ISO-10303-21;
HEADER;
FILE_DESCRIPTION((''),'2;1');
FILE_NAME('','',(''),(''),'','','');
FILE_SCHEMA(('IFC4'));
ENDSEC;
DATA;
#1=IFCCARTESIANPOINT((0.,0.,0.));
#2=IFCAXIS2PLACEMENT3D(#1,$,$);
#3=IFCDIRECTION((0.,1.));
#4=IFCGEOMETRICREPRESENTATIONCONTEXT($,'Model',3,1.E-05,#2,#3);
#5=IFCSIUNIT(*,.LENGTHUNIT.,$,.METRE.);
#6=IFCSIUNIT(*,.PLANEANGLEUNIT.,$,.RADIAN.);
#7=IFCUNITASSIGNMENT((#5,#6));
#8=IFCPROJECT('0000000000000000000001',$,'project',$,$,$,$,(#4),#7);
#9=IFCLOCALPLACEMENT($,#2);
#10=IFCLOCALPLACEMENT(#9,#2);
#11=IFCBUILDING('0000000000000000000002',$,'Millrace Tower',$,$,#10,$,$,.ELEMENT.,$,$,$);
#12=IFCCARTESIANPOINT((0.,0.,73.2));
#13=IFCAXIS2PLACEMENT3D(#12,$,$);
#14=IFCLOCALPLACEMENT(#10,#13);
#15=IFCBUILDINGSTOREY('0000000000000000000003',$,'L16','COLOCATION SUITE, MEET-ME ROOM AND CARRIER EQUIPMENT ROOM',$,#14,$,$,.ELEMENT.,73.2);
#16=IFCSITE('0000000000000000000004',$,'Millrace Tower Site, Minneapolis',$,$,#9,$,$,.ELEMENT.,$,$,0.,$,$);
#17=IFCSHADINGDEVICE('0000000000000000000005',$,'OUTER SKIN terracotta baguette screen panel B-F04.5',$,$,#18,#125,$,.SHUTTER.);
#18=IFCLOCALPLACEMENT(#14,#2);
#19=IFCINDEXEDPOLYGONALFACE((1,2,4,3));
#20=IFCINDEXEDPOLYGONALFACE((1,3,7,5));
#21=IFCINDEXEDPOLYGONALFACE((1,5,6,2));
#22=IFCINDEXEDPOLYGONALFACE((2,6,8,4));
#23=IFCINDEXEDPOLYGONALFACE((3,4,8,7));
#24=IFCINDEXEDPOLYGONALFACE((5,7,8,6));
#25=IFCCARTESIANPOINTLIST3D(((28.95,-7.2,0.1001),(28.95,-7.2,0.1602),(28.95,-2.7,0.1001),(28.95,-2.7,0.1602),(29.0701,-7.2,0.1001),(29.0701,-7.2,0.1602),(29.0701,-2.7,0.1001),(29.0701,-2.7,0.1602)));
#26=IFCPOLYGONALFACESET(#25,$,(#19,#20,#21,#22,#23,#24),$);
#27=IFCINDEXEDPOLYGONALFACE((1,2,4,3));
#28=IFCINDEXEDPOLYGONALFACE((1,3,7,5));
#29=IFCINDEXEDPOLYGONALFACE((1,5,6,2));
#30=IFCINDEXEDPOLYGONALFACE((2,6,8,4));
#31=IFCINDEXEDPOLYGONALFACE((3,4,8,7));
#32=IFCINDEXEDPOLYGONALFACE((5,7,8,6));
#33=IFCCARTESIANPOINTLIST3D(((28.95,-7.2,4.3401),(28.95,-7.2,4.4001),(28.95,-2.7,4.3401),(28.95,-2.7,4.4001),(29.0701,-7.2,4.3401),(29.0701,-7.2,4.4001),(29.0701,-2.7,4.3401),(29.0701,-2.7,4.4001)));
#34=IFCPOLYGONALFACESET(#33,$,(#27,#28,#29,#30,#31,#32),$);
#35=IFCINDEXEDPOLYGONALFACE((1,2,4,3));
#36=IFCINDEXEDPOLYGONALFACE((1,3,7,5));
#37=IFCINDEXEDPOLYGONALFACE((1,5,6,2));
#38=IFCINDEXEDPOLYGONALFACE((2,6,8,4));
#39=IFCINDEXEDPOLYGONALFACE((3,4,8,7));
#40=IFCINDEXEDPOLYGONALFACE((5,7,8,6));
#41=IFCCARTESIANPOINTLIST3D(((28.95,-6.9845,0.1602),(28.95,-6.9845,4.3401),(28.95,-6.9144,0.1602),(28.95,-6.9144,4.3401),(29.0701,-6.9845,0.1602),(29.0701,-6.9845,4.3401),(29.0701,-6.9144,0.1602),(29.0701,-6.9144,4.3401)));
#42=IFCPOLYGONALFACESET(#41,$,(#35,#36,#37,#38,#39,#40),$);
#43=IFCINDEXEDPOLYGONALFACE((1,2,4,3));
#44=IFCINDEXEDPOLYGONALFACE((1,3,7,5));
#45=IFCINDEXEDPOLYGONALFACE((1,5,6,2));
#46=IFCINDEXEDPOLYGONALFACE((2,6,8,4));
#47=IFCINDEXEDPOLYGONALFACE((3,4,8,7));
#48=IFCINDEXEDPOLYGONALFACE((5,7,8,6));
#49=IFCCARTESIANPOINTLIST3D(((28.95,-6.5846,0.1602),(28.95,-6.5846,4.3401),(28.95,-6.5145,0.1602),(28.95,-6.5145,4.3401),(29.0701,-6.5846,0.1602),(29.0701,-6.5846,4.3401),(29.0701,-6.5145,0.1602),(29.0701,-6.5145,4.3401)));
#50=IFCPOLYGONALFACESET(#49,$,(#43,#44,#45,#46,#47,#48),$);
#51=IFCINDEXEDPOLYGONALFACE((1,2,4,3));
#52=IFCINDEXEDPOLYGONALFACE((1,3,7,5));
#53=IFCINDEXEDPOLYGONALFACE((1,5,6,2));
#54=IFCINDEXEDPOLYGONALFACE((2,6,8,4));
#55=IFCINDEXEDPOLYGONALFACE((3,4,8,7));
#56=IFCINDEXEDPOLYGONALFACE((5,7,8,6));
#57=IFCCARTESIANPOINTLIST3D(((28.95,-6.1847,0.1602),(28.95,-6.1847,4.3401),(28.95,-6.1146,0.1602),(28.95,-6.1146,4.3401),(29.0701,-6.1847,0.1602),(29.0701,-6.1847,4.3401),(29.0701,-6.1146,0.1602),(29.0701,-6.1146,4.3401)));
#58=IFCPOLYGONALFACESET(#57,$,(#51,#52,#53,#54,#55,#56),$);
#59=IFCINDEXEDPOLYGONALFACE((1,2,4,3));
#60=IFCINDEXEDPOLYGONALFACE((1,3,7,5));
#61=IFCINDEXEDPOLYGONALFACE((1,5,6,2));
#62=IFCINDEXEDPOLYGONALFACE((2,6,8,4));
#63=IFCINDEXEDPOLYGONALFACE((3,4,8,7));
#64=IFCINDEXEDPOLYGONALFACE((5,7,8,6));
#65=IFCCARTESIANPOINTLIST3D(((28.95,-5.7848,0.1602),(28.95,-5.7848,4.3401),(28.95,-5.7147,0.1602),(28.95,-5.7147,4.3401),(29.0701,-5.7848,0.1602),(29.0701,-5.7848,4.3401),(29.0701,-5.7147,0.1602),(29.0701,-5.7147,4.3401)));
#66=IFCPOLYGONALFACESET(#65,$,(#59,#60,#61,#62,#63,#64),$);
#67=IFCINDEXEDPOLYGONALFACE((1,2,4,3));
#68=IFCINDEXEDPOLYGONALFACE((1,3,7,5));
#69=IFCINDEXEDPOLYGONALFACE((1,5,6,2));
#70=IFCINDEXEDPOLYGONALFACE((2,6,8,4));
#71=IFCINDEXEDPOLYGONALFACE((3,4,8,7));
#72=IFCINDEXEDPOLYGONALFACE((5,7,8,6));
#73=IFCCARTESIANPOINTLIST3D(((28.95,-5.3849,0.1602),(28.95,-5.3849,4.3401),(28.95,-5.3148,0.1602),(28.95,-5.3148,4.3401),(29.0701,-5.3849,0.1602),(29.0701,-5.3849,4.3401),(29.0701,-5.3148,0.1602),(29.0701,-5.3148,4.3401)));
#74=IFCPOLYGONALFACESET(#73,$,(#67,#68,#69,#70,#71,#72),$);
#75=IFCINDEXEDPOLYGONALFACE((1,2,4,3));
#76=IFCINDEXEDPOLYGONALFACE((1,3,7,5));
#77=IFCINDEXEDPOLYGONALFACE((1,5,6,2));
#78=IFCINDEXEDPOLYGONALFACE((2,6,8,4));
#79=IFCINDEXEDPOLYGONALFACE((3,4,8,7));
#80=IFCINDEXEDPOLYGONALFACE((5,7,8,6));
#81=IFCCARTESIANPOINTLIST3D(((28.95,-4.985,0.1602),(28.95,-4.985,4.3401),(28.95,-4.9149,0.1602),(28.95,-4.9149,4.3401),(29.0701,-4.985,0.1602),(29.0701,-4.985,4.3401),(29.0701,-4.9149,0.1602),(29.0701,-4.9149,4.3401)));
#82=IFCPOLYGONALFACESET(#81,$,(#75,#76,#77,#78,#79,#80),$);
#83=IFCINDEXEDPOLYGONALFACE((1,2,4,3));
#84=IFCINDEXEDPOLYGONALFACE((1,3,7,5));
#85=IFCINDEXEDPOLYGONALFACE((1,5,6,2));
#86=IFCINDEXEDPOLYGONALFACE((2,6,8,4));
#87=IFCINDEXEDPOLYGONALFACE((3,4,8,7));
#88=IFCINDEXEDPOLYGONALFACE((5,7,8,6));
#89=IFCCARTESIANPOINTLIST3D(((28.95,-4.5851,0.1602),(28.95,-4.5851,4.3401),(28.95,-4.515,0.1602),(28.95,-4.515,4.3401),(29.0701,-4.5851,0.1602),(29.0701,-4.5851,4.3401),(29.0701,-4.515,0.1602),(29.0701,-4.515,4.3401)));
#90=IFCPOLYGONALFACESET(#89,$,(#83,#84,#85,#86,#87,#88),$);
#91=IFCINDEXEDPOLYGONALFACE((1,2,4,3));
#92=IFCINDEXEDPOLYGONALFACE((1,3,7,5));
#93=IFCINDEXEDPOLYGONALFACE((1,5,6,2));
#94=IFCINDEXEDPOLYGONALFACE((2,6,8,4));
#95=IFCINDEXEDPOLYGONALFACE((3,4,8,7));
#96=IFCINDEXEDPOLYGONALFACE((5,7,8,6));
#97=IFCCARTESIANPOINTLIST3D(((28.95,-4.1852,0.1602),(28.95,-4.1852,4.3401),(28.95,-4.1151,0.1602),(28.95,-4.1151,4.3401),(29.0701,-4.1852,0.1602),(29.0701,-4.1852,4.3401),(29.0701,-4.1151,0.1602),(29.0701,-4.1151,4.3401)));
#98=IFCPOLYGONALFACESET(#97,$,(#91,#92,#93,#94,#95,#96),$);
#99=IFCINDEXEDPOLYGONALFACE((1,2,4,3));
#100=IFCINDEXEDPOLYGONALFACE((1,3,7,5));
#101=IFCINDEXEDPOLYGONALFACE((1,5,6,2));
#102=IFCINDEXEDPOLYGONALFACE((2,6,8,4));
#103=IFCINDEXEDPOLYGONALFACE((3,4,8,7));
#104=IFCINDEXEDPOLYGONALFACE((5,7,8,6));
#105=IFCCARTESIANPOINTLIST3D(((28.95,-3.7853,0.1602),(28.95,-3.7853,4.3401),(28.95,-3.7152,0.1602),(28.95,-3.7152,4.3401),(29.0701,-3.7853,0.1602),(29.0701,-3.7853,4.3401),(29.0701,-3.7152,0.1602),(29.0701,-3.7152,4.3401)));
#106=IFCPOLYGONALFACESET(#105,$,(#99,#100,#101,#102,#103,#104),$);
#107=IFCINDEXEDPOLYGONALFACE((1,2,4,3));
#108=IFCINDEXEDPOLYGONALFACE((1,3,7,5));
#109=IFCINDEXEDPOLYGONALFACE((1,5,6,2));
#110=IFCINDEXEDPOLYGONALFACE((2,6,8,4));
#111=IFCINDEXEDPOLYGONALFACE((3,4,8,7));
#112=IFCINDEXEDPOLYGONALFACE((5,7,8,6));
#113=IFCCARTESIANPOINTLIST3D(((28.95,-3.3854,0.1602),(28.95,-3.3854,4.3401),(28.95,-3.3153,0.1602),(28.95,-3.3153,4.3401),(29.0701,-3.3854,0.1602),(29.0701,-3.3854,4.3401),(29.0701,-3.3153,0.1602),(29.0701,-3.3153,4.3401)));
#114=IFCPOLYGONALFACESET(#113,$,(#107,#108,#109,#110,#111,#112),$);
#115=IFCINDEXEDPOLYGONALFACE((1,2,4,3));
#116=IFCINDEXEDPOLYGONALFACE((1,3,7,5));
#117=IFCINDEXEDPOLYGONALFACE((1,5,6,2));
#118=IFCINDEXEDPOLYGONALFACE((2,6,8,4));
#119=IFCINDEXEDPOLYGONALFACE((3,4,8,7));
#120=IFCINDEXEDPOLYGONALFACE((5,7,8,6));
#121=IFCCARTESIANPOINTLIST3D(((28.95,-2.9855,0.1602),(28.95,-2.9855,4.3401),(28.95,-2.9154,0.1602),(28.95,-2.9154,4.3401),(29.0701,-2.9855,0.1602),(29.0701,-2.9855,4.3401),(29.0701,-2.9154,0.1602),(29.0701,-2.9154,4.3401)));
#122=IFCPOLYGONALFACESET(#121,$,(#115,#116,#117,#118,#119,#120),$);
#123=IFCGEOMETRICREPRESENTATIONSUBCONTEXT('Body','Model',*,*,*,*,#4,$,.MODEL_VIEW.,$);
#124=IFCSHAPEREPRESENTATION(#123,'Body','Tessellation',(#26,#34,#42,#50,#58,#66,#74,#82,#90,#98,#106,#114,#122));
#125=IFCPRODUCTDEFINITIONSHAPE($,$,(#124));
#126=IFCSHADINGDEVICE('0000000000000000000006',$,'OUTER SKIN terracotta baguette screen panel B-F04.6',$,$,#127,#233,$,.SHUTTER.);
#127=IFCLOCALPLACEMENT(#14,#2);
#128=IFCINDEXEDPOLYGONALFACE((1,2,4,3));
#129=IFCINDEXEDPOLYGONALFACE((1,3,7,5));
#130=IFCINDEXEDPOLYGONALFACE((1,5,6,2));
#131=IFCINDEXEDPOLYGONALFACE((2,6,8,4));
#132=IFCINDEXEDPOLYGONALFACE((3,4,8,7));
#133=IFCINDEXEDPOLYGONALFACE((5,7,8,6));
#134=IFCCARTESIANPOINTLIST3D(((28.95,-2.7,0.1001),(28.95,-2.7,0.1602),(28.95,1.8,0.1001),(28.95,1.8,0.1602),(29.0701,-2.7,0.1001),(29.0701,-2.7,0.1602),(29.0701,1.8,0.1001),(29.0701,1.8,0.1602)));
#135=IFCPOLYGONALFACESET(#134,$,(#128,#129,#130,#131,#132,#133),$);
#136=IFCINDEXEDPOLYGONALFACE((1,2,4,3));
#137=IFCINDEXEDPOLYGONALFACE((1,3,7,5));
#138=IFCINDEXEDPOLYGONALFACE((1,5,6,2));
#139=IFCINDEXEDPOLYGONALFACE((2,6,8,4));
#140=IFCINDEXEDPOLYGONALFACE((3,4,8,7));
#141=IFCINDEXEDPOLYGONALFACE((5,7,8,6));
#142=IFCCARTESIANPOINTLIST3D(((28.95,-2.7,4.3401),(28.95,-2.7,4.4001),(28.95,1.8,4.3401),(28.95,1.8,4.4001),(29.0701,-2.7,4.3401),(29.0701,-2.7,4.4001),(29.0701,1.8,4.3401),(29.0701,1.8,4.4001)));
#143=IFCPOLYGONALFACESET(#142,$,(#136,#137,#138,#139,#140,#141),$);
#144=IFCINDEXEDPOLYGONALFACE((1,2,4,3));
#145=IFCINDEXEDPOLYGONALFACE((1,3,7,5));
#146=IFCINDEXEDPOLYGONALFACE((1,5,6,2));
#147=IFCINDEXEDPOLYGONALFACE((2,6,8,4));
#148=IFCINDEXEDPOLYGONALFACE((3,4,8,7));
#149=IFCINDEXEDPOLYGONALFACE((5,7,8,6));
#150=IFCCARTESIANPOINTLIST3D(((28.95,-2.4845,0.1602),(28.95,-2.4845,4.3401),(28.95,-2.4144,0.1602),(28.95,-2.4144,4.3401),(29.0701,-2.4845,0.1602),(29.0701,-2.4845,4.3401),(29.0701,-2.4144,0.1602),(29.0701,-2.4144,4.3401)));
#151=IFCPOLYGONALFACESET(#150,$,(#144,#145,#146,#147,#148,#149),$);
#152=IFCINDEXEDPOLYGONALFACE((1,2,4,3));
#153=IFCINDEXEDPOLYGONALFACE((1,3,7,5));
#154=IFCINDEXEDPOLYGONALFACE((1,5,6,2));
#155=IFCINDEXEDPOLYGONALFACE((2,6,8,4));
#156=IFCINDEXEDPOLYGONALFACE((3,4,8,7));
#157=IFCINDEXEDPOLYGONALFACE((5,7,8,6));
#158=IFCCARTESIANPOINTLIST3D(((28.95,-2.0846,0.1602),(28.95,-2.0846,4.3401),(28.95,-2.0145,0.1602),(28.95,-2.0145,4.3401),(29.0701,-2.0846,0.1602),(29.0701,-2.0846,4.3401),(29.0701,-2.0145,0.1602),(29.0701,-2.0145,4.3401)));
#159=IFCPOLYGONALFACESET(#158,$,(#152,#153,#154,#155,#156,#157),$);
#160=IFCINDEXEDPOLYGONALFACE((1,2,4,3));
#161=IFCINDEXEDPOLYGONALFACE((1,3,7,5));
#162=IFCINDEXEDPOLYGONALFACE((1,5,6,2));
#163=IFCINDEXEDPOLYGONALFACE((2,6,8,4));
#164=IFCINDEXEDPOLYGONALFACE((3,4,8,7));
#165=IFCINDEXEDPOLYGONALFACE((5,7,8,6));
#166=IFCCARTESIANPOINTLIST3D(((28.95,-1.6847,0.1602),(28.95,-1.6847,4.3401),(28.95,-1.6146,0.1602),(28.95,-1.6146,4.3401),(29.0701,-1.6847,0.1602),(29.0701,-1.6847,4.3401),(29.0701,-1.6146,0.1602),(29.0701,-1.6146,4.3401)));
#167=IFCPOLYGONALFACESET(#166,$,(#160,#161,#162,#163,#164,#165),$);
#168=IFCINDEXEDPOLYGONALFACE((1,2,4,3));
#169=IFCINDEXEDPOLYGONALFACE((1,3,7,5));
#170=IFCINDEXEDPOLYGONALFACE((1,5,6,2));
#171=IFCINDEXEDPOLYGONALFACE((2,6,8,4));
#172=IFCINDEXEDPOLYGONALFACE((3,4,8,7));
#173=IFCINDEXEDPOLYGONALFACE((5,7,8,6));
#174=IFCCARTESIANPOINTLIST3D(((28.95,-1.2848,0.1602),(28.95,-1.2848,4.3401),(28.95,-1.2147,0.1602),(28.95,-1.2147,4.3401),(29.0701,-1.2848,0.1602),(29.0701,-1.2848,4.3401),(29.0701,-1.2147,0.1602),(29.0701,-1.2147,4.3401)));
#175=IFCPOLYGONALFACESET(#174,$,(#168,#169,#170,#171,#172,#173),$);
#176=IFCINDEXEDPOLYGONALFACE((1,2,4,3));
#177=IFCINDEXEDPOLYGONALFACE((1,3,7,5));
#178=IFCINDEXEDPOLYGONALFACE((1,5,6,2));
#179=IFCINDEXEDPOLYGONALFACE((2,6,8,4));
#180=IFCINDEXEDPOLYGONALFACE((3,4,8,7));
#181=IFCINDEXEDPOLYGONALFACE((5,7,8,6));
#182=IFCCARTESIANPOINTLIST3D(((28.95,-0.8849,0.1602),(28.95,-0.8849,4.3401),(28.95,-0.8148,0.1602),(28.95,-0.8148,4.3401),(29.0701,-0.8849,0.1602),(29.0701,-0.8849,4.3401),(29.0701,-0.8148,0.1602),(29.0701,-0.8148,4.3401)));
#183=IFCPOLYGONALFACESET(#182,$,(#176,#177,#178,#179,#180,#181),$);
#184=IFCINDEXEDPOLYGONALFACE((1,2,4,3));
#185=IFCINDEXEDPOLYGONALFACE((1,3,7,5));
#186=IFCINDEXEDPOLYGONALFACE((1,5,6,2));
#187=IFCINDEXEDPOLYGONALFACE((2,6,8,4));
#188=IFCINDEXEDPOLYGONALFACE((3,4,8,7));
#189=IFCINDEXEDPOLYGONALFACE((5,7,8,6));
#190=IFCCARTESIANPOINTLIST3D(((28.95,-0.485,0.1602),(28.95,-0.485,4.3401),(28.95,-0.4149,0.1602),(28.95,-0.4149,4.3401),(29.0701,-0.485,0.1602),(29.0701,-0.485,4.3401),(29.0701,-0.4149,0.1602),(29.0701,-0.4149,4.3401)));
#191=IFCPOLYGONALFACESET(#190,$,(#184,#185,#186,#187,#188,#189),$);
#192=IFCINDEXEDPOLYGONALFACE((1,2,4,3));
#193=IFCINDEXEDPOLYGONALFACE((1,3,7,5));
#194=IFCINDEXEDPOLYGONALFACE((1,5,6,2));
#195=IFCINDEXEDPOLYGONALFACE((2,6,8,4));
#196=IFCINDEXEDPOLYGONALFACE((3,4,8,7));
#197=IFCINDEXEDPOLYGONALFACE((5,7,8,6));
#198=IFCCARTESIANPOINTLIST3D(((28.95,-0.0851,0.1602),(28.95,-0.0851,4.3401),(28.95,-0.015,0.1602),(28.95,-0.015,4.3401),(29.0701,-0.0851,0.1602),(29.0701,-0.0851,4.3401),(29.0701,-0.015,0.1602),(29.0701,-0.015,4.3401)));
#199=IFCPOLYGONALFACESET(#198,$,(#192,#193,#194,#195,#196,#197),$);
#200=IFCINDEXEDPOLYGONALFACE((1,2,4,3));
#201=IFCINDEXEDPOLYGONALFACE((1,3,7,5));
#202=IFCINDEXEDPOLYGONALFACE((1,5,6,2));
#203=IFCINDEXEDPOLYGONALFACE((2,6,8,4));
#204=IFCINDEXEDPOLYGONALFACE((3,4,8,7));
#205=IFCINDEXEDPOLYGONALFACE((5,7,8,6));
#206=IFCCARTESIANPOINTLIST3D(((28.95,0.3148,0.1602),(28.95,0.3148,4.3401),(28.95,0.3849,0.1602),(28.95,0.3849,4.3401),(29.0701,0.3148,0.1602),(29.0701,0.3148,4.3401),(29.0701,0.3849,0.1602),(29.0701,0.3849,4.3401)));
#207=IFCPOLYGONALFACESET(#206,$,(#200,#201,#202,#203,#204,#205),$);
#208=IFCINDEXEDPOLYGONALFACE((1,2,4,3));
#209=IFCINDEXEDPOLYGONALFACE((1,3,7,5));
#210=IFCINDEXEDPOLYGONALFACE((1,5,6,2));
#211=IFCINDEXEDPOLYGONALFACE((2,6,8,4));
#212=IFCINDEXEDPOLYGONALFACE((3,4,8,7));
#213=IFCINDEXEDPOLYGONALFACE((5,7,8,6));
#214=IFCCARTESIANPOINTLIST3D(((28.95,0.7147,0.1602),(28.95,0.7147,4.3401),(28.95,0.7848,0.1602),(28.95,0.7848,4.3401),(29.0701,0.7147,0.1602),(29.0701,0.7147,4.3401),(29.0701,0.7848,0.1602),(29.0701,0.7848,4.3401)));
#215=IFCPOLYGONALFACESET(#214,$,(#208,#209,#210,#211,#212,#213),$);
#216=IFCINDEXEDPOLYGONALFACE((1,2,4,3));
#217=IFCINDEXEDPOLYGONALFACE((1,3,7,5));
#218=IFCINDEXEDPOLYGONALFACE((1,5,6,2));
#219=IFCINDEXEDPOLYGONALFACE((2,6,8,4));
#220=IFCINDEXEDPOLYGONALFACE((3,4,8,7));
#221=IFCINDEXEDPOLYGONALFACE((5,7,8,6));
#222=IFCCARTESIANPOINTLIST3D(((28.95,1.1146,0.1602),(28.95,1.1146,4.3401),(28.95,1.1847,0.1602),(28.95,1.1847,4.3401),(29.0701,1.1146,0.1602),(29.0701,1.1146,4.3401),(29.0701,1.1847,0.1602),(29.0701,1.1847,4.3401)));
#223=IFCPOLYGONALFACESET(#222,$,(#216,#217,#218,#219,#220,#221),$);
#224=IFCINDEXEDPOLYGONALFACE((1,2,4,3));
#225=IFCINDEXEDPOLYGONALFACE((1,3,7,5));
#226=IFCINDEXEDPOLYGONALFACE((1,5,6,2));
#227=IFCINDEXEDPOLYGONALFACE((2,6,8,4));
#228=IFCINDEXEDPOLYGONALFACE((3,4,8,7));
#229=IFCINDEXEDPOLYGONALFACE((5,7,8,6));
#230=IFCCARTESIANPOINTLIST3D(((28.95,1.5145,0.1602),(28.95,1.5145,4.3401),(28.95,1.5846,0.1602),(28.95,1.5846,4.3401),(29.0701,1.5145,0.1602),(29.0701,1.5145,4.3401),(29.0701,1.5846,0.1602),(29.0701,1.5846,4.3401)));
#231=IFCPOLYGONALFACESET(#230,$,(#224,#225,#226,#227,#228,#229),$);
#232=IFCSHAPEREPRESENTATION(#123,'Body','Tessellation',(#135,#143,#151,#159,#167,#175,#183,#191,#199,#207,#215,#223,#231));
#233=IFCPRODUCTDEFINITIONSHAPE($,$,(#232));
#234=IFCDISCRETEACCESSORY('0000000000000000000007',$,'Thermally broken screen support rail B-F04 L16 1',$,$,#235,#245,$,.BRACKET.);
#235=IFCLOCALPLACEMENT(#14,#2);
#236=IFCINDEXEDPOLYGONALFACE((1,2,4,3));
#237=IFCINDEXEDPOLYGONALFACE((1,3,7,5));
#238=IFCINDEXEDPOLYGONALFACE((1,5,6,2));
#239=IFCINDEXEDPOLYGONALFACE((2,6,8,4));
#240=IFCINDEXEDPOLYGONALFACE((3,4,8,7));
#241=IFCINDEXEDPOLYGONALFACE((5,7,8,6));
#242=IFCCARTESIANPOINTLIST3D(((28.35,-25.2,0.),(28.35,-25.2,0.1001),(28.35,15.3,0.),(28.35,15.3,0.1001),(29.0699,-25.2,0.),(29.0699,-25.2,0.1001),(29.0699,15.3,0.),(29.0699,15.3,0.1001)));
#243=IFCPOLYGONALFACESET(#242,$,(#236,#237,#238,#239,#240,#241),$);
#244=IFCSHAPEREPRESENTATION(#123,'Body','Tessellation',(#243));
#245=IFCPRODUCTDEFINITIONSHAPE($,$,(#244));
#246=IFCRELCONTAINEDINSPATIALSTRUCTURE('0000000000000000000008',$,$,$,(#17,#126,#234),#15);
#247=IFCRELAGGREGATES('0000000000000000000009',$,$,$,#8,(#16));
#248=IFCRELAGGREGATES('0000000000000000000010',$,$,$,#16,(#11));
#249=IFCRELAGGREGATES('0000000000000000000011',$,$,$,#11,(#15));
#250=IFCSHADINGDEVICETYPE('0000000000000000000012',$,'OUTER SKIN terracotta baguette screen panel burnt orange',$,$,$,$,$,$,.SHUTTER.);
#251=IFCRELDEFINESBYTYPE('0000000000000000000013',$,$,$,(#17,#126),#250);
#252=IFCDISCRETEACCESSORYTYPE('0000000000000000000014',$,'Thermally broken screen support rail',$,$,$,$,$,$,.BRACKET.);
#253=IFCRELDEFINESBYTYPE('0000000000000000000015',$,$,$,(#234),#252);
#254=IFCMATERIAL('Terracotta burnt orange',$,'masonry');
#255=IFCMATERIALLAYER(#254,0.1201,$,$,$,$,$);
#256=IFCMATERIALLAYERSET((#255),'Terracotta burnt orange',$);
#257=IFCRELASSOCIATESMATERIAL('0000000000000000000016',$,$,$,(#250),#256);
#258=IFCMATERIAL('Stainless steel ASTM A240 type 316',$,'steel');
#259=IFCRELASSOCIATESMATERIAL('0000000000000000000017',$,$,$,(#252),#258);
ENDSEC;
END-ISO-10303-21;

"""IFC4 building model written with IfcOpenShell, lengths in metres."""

from ifc_helpers import new_model, entity, si_unit, direction, frame, frame_2d, origin, origin_2d, place, context, subcontext, project, spatial, rectangle, extrude, source, transform, mapped, material, layer, layer_set, type_object, element, save


model = new_model("IFC4")

# Units and contexts
model_context = context("Model", 3, precision=1e-05, world=origin(), true_north=direction((0.0, 1.0)))
body_context = subcontext(model_context, "Body", "Model", "MODEL_VIEW")
ifc_project = project(units=[si_unit("LENGTHUNIT", "METRE"), si_unit("PLANEANGLEUNIT", "RADIAN")], contexts=[model_context])

# Site, building, storey
site_placement = place(None, origin())
site = spatial("IfcSite", under=ifc_project, at=site_placement, Name="Millrace Tower Site, Minneapolis", CompositionType="ELEMENT", RefElevation=0.0)
building_placement = place(site_placement, origin())
building = spatial("IfcBuilding", under=site, at=building_placement, Name="Millrace Tower", CompositionType="ELEMENT")
storey_placement = place(building_placement, frame((0.0, 0.0, 73.2)))
storey = spatial("IfcBuildingStorey", under=building, at=storey_placement, Name="L16", Description="COLOCATION SUITE, MEET-ME ROOM AND CARRIER EQUIPMENT ROOM", CompositionType="ELEMENT", Elevation=73.2)

# Shading devices
ifc_material_1 = material(Name="Terracotta burnt orange", Category="masonry")
ifc_layer_1 = layer(ifc_material_1, 0.1201)
ifc_layer_set_1 = layer_set([ifc_layer_1], Name="Terracotta burnt orange")
shading_device_type = type_object("IfcShadingDeviceType", Name="OUTER SKIN terracotta baguette screen panel burnt orange", PredefinedType="SHUTTER", material=ifc_layer_set_1)
cartesian_point = entity("IfcCartesianPoint", [-2.25, 0.0601])
shared_polyline = entity("IfcPolyline", [cartesian_point, entity("IfcCartesianPoint", [2.25, 0.0601]), entity("IfcCartesianPoint", [2.25, -0.0601]), entity("IfcCartesianPoint", [-2.25, -0.0601]), cartesian_point])
shared_shape = source(origin(), body_context, "Body", "SweptSolid", [
    entity("IfcExtrudedAreaSolid", entity("IfcArbitraryClosedProfileDef", "AREA", None, shared_polyline), entity("IfcAxis2Placement3D", entity("IfcCartesianPoint", [0.0, 0.0, 0.0])), entity("IfcDirection", [0.0, 0.0, 1.0]), 0.0601),
    entity("IfcExtrudedAreaSolid", entity("IfcArbitraryClosedProfileDef", "AREA", None, shared_polyline), entity("IfcAxis2Placement3D", entity("IfcCartesianPoint", [0.0, 0.0, 4.24])), entity("IfcDirection", [0.0, 0.0, 1.0]), 0.0601),
    extrude(rectangle(XDim=0.0701, YDim=0.1201, at=frame_2d((-1.9995, 0.0))), frame((0.0, 0.0, 0.0601)), (0.0, 0.0, 1.0), 4.1799),
    extrude(rectangle(XDim=0.0701, YDim=0.1201, at=frame_2d((-1.5996, 0.0))), frame((0.0, 0.0, 0.0601)), (0.0, 0.0, 1.0), 4.1799),
    extrude(rectangle(XDim=0.0701, YDim=0.1201, at=frame_2d((-1.1997, 0.0))), frame((0.0, 0.0, 0.0601)), (0.0, 0.0, 1.0), 4.1799),
    extrude(rectangle(XDim=0.0701, YDim=0.1201, at=frame_2d((-0.7998, 0.0))), frame((0.0, 0.0, 0.0601)), (0.0, 0.0, 1.0), 4.1799),
    extrude(rectangle(XDim=0.0701, YDim=0.1201, at=frame_2d((-0.3999, 0.0))), frame((0.0, 0.0, 0.0601)), (0.0, 0.0, 1.0), 4.1799),
    extrude(rectangle(XDim=0.0701, YDim=0.1201, at=origin_2d()), frame((0.0, 0.0, 0.0601)), (0.0, 0.0, 1.0), 4.1799),
    extrude(rectangle(XDim=0.0701, YDim=0.1201, at=frame_2d((0.3999, 0.0))), frame((0.0, 0.0, 0.0601)), (0.0, 0.0, 1.0), 4.1799),
    extrude(rectangle(XDim=0.0701, YDim=0.1201, at=frame_2d((0.7998, 0.0))), frame((0.0, 0.0, 0.0601)), (0.0, 0.0, 1.0), 4.1799),
    extrude(rectangle(XDim=0.0701, YDim=0.1201, at=frame_2d((1.1997, 0.0))), frame((0.0, 0.0, 0.0601)), (0.0, 0.0, 1.0), 4.1799),
    extrude(rectangle(XDim=0.0701, YDim=0.1201, at=frame_2d((1.5996, 0.0))), frame((0.0, 0.0, 0.0601)), (0.0, 0.0, 1.0), 4.1799),
    extrude(rectangle(XDim=0.0701, YDim=0.1201, at=frame_2d((1.9995, 0.0))), frame((0.0, 0.0, 0.0601)), (0.0, 0.0, 1.0), 4.1799),
])
for number, where, z_axis, x_axis, name in (
    (1, (29.01, -4.95, 0.1001), (0.0, 0.0, 1.0), (0.0, 1.0, 0.0), "OUTER SKIN terracotta baguette screen panel B-F04.5"),
    (2, (29.01, -0.45, 0.1001), (0.0, 0.0, 1.0), (0.0, 1.0, 0.0), "OUTER SKIN terracotta baguette screen panel B-F04.6"),
):
    element("IfcShadingDevice", number, at=place(storey_placement, frame(where, z_axis=z_axis, x_axis=x_axis)), inside=storey, type_object=shading_device_type, Name=name, PredefinedType="SHUTTER", context=body_context, shape_type="MappedRepresentation", body=[
        mapped(shared_shape, transform((0.0, 0.0, 0.0), scale=1.0)),
    ])

# Discrete accessory
ifc_material_2 = material(Name="Stainless steel ASTM A240 type 316", Category="steel")
discrete_accessory_type = type_object("IfcDiscreteAccessoryType", Name="Thermally broken screen support rail", PredefinedType="BRACKET", material=ifc_material_2)
discrete_accessory_placement = place(storey_placement, frame((28.71, -4.95, 0.0), z_axis=(0.0, 0.0, 1.0), x_axis=(0.0, 1.0, 0.0)))
element("IfcDiscreteAccessory", 3, at=discrete_accessory_placement, inside=storey, type_object=discrete_accessory_type, Name="Thermally broken screen support rail B-F04 L16 1", PredefinedType="BRACKET", context=body_context, shape_type="SweptSolid", body=[
    extrude(rectangle(XDim=40.5, YDim=0.72, at=origin_2d()), origin(), (0.0, 0.0, 1.0), 0.1001),
])

save(model, "model.ifc")
